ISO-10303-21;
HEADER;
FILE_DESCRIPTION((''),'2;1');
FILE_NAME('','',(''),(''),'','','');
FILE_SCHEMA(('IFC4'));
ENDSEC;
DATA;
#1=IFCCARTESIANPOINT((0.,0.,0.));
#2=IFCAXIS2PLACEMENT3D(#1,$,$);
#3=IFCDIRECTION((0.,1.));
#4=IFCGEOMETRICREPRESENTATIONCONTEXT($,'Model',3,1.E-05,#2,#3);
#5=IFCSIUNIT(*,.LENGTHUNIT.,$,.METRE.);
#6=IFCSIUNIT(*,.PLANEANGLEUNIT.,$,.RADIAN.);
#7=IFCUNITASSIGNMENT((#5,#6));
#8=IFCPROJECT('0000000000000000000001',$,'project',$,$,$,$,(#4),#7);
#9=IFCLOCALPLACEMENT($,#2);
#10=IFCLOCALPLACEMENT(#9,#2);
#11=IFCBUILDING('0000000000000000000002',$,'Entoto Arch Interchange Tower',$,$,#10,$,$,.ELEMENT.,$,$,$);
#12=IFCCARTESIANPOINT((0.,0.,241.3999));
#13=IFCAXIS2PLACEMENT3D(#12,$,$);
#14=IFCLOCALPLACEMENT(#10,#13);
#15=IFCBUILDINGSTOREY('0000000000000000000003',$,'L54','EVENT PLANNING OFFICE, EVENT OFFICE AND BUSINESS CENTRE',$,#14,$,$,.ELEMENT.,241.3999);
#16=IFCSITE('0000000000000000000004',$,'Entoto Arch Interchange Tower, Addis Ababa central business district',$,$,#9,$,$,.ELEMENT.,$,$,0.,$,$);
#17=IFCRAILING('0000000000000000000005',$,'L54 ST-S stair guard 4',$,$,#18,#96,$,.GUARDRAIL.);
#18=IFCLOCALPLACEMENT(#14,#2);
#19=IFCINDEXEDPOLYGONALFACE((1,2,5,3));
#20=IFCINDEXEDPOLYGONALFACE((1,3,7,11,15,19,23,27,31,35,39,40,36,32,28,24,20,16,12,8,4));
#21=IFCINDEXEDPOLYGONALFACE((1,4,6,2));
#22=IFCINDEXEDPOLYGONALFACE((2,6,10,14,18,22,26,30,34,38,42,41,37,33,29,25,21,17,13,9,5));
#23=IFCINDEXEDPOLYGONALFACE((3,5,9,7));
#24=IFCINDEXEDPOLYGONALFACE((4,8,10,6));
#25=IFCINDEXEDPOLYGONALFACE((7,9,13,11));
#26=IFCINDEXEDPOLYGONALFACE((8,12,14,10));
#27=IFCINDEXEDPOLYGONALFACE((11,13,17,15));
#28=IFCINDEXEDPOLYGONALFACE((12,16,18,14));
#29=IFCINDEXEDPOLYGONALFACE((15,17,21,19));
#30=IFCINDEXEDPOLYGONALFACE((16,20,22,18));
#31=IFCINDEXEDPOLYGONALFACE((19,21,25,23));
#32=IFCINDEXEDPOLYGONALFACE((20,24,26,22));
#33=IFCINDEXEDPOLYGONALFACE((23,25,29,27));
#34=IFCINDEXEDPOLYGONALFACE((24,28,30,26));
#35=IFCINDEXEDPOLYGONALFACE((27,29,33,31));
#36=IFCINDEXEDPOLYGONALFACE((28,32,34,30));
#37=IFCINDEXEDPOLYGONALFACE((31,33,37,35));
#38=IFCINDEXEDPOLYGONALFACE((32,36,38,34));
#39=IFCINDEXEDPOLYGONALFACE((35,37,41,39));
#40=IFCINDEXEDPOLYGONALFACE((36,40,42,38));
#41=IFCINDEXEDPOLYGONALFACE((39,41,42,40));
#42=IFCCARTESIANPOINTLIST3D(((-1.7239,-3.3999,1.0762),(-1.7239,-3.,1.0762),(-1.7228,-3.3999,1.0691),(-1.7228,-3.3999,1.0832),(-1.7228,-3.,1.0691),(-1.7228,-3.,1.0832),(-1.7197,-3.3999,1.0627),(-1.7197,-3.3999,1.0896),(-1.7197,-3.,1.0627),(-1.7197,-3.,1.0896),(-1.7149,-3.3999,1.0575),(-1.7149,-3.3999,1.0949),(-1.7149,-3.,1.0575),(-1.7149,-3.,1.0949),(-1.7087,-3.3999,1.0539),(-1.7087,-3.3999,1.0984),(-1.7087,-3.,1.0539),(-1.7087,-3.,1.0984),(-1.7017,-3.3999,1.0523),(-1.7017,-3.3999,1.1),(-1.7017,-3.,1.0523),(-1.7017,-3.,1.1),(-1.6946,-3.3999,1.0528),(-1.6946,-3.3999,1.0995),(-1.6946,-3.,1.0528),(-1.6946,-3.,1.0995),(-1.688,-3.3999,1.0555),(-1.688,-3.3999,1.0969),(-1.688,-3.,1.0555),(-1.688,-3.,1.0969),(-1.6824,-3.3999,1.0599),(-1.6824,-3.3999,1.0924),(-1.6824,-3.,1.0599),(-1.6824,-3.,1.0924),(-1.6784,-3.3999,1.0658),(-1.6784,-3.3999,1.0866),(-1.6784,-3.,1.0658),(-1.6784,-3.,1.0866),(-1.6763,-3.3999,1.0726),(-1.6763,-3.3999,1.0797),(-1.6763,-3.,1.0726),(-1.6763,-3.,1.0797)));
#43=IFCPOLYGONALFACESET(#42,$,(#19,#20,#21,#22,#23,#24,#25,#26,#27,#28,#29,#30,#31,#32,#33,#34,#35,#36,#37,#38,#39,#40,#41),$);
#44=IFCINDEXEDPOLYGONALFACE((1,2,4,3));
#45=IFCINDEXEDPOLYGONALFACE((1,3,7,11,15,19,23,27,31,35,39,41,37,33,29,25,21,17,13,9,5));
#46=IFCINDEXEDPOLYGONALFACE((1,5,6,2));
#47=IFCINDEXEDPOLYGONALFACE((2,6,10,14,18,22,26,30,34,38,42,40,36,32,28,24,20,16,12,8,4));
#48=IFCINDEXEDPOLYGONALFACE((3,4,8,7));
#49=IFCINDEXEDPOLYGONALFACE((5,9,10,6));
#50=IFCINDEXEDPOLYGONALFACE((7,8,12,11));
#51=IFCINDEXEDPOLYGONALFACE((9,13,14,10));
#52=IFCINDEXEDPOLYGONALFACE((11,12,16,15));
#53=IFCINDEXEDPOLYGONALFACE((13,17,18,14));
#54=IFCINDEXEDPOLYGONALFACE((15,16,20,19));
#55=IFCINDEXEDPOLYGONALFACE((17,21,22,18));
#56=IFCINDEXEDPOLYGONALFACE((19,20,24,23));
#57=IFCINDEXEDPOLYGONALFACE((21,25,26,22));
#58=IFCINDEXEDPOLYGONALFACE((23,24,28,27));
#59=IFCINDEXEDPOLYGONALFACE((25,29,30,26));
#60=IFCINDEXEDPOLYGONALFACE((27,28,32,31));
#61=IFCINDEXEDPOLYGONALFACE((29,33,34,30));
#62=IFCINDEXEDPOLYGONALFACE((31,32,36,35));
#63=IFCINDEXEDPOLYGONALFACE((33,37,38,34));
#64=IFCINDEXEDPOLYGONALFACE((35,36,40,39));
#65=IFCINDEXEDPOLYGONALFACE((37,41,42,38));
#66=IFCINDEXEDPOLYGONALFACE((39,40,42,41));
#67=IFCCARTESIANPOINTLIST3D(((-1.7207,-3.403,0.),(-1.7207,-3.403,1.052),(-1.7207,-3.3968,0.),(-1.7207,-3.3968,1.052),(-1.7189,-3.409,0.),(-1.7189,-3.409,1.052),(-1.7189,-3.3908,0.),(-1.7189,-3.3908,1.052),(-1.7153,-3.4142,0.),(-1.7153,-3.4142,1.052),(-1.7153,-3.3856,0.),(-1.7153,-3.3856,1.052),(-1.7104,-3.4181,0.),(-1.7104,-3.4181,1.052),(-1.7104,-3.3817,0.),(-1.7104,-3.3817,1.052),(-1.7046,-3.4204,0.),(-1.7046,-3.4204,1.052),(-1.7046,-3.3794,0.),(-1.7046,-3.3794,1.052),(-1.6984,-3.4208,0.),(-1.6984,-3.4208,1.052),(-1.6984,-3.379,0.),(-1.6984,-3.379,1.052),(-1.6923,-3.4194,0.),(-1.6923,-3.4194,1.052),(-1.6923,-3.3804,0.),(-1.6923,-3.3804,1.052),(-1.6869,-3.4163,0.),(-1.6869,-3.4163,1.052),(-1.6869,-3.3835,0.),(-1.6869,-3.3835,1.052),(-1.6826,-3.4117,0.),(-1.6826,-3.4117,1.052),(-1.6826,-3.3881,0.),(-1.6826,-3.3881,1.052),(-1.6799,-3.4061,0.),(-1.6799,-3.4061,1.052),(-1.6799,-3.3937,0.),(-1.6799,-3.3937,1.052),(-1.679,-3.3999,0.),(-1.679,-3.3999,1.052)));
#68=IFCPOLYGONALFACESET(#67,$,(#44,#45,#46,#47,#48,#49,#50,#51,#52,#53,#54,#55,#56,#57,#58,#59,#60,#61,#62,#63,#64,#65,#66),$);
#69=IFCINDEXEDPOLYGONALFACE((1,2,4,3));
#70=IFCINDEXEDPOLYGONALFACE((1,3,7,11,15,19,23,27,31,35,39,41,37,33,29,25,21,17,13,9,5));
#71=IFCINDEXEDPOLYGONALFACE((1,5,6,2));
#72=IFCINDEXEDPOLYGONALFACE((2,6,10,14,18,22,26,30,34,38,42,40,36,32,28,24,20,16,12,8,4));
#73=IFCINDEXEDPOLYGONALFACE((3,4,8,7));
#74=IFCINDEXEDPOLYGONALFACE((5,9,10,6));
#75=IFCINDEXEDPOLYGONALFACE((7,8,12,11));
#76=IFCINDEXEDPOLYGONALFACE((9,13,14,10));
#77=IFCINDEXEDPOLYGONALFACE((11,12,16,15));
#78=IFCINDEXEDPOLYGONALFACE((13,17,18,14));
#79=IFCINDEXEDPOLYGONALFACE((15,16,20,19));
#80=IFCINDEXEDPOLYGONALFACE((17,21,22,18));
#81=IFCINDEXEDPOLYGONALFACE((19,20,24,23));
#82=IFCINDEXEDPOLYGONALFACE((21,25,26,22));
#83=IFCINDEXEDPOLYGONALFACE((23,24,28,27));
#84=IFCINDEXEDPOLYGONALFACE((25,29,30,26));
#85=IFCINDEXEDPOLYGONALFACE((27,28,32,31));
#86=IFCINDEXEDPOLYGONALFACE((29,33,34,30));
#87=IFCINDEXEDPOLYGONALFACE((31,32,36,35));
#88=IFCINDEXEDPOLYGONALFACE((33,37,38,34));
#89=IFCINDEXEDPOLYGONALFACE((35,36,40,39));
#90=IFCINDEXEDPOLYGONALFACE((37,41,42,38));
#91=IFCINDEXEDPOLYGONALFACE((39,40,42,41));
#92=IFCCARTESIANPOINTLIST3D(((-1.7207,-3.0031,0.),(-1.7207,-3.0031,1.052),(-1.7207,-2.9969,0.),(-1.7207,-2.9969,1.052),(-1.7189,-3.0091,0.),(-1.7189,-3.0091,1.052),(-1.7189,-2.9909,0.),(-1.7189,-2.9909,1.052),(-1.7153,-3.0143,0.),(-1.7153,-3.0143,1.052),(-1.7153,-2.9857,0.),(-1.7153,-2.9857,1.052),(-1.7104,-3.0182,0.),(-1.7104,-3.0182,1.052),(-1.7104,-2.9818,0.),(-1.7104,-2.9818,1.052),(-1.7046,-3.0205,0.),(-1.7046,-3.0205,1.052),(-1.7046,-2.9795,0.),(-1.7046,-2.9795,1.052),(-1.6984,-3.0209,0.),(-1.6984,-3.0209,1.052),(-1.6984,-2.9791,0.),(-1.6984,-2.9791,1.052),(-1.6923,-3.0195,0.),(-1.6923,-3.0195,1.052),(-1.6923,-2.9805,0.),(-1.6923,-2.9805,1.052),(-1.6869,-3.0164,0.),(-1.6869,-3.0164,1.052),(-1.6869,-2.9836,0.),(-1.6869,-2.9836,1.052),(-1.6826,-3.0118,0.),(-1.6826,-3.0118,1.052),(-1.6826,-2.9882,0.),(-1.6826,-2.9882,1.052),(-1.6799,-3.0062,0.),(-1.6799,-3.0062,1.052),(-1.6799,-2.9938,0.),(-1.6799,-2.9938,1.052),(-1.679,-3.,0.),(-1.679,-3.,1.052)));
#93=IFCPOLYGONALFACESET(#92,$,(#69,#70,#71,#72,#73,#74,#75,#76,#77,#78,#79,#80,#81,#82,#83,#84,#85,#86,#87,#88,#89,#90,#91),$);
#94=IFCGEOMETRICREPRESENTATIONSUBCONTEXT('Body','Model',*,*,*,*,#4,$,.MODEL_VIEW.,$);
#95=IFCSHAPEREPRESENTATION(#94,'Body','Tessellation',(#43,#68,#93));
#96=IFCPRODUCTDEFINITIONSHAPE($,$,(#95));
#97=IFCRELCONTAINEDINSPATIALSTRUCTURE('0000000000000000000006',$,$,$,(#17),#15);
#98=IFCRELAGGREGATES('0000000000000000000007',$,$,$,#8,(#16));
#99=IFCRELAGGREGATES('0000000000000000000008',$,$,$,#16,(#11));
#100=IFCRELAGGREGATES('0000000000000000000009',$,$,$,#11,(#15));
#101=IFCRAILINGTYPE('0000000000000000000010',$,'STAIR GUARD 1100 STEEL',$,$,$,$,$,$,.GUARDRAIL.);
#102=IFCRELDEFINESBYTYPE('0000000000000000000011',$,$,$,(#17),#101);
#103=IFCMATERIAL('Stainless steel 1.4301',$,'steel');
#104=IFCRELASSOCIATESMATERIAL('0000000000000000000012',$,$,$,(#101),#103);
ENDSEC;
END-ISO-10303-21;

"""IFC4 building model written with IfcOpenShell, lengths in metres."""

from ifc_helpers import new_model, si_unit, direction, frame, origin, origin_2d, place, context, subcontext, project, spatial, circle, extrude, material, type_object, element, save


model = new_model("IFC4")

# Units and contexts
model_context = context("Model", 3, precision=1e-05, world=origin(), true_north=direction((0.0, 1.0)))
body_context = subcontext(model_context, "Body", "Model", "MODEL_VIEW")
ifc_project = project(units=[si_unit("LENGTHUNIT", "METRE"), si_unit("PLANEANGLEUNIT", "RADIAN")], contexts=[model_context])

# Site, building, storey
site_placement = place(None, origin())
site = spatial("IfcSite", under=ifc_project, at=site_placement, Name="Entoto Arch Interchange Tower, Addis Ababa central business district", CompositionType="ELEMENT", RefElevation=0.0)
building_placement = place(site_placement, origin())
building = spatial("IfcBuilding", under=site, at=building_placement, Name="Entoto Arch Interchange Tower", CompositionType="ELEMENT")
storey_placement = place(building_placement, frame((0.0, 0.0, 241.3999)))
storey = spatial("IfcBuildingStorey", under=building, at=storey_placement, Name="L54", Description="EVENT PLANNING OFFICE, EVENT OFFICE AND BUSINESS CENTRE", CompositionType="ELEMENT", Elevation=241.3999)

# Railing
ifc_material_1 = material(Name="Stainless steel 1.4301", Category="steel")
railing_type_1 = type_object("IfcRailingType", Name="STAIR GUARD 1100 STEEL", PredefinedType="GUARDRAIL", material=ifc_material_1)
railing_1_placement = place(storey_placement, frame((-1.7, -3.3999, 0.0)))
element("IfcRailing", 1, at=railing_1_placement, inside=storey, type_object=railing_type_1, Name="L54 ST-S stair guard 4", PredefinedType="GUARDRAIL", context=body_context, shape_type="SweptSolid", body=[
    extrude(circle(Radius=0.0239, at=origin_2d()), frame((0.0, 0.0, 1.0762), z_axis=(0.0, 1.0, 0.0), x_axis=(-1.0, 0.0, 0.0)), (0.0, 0.0, 1.0), 0.3999),
    extrude(circle(Radius=0.021, at=origin_2d()), origin(), (0.0, 0.0, 1.0), 1.052),
    extrude(circle(Radius=0.021, at=origin_2d()), frame((0.0, 0.3999, 0.0)), (0.0, 0.0, 1.0), 1.052),
])

save(model, "model.ifc")
